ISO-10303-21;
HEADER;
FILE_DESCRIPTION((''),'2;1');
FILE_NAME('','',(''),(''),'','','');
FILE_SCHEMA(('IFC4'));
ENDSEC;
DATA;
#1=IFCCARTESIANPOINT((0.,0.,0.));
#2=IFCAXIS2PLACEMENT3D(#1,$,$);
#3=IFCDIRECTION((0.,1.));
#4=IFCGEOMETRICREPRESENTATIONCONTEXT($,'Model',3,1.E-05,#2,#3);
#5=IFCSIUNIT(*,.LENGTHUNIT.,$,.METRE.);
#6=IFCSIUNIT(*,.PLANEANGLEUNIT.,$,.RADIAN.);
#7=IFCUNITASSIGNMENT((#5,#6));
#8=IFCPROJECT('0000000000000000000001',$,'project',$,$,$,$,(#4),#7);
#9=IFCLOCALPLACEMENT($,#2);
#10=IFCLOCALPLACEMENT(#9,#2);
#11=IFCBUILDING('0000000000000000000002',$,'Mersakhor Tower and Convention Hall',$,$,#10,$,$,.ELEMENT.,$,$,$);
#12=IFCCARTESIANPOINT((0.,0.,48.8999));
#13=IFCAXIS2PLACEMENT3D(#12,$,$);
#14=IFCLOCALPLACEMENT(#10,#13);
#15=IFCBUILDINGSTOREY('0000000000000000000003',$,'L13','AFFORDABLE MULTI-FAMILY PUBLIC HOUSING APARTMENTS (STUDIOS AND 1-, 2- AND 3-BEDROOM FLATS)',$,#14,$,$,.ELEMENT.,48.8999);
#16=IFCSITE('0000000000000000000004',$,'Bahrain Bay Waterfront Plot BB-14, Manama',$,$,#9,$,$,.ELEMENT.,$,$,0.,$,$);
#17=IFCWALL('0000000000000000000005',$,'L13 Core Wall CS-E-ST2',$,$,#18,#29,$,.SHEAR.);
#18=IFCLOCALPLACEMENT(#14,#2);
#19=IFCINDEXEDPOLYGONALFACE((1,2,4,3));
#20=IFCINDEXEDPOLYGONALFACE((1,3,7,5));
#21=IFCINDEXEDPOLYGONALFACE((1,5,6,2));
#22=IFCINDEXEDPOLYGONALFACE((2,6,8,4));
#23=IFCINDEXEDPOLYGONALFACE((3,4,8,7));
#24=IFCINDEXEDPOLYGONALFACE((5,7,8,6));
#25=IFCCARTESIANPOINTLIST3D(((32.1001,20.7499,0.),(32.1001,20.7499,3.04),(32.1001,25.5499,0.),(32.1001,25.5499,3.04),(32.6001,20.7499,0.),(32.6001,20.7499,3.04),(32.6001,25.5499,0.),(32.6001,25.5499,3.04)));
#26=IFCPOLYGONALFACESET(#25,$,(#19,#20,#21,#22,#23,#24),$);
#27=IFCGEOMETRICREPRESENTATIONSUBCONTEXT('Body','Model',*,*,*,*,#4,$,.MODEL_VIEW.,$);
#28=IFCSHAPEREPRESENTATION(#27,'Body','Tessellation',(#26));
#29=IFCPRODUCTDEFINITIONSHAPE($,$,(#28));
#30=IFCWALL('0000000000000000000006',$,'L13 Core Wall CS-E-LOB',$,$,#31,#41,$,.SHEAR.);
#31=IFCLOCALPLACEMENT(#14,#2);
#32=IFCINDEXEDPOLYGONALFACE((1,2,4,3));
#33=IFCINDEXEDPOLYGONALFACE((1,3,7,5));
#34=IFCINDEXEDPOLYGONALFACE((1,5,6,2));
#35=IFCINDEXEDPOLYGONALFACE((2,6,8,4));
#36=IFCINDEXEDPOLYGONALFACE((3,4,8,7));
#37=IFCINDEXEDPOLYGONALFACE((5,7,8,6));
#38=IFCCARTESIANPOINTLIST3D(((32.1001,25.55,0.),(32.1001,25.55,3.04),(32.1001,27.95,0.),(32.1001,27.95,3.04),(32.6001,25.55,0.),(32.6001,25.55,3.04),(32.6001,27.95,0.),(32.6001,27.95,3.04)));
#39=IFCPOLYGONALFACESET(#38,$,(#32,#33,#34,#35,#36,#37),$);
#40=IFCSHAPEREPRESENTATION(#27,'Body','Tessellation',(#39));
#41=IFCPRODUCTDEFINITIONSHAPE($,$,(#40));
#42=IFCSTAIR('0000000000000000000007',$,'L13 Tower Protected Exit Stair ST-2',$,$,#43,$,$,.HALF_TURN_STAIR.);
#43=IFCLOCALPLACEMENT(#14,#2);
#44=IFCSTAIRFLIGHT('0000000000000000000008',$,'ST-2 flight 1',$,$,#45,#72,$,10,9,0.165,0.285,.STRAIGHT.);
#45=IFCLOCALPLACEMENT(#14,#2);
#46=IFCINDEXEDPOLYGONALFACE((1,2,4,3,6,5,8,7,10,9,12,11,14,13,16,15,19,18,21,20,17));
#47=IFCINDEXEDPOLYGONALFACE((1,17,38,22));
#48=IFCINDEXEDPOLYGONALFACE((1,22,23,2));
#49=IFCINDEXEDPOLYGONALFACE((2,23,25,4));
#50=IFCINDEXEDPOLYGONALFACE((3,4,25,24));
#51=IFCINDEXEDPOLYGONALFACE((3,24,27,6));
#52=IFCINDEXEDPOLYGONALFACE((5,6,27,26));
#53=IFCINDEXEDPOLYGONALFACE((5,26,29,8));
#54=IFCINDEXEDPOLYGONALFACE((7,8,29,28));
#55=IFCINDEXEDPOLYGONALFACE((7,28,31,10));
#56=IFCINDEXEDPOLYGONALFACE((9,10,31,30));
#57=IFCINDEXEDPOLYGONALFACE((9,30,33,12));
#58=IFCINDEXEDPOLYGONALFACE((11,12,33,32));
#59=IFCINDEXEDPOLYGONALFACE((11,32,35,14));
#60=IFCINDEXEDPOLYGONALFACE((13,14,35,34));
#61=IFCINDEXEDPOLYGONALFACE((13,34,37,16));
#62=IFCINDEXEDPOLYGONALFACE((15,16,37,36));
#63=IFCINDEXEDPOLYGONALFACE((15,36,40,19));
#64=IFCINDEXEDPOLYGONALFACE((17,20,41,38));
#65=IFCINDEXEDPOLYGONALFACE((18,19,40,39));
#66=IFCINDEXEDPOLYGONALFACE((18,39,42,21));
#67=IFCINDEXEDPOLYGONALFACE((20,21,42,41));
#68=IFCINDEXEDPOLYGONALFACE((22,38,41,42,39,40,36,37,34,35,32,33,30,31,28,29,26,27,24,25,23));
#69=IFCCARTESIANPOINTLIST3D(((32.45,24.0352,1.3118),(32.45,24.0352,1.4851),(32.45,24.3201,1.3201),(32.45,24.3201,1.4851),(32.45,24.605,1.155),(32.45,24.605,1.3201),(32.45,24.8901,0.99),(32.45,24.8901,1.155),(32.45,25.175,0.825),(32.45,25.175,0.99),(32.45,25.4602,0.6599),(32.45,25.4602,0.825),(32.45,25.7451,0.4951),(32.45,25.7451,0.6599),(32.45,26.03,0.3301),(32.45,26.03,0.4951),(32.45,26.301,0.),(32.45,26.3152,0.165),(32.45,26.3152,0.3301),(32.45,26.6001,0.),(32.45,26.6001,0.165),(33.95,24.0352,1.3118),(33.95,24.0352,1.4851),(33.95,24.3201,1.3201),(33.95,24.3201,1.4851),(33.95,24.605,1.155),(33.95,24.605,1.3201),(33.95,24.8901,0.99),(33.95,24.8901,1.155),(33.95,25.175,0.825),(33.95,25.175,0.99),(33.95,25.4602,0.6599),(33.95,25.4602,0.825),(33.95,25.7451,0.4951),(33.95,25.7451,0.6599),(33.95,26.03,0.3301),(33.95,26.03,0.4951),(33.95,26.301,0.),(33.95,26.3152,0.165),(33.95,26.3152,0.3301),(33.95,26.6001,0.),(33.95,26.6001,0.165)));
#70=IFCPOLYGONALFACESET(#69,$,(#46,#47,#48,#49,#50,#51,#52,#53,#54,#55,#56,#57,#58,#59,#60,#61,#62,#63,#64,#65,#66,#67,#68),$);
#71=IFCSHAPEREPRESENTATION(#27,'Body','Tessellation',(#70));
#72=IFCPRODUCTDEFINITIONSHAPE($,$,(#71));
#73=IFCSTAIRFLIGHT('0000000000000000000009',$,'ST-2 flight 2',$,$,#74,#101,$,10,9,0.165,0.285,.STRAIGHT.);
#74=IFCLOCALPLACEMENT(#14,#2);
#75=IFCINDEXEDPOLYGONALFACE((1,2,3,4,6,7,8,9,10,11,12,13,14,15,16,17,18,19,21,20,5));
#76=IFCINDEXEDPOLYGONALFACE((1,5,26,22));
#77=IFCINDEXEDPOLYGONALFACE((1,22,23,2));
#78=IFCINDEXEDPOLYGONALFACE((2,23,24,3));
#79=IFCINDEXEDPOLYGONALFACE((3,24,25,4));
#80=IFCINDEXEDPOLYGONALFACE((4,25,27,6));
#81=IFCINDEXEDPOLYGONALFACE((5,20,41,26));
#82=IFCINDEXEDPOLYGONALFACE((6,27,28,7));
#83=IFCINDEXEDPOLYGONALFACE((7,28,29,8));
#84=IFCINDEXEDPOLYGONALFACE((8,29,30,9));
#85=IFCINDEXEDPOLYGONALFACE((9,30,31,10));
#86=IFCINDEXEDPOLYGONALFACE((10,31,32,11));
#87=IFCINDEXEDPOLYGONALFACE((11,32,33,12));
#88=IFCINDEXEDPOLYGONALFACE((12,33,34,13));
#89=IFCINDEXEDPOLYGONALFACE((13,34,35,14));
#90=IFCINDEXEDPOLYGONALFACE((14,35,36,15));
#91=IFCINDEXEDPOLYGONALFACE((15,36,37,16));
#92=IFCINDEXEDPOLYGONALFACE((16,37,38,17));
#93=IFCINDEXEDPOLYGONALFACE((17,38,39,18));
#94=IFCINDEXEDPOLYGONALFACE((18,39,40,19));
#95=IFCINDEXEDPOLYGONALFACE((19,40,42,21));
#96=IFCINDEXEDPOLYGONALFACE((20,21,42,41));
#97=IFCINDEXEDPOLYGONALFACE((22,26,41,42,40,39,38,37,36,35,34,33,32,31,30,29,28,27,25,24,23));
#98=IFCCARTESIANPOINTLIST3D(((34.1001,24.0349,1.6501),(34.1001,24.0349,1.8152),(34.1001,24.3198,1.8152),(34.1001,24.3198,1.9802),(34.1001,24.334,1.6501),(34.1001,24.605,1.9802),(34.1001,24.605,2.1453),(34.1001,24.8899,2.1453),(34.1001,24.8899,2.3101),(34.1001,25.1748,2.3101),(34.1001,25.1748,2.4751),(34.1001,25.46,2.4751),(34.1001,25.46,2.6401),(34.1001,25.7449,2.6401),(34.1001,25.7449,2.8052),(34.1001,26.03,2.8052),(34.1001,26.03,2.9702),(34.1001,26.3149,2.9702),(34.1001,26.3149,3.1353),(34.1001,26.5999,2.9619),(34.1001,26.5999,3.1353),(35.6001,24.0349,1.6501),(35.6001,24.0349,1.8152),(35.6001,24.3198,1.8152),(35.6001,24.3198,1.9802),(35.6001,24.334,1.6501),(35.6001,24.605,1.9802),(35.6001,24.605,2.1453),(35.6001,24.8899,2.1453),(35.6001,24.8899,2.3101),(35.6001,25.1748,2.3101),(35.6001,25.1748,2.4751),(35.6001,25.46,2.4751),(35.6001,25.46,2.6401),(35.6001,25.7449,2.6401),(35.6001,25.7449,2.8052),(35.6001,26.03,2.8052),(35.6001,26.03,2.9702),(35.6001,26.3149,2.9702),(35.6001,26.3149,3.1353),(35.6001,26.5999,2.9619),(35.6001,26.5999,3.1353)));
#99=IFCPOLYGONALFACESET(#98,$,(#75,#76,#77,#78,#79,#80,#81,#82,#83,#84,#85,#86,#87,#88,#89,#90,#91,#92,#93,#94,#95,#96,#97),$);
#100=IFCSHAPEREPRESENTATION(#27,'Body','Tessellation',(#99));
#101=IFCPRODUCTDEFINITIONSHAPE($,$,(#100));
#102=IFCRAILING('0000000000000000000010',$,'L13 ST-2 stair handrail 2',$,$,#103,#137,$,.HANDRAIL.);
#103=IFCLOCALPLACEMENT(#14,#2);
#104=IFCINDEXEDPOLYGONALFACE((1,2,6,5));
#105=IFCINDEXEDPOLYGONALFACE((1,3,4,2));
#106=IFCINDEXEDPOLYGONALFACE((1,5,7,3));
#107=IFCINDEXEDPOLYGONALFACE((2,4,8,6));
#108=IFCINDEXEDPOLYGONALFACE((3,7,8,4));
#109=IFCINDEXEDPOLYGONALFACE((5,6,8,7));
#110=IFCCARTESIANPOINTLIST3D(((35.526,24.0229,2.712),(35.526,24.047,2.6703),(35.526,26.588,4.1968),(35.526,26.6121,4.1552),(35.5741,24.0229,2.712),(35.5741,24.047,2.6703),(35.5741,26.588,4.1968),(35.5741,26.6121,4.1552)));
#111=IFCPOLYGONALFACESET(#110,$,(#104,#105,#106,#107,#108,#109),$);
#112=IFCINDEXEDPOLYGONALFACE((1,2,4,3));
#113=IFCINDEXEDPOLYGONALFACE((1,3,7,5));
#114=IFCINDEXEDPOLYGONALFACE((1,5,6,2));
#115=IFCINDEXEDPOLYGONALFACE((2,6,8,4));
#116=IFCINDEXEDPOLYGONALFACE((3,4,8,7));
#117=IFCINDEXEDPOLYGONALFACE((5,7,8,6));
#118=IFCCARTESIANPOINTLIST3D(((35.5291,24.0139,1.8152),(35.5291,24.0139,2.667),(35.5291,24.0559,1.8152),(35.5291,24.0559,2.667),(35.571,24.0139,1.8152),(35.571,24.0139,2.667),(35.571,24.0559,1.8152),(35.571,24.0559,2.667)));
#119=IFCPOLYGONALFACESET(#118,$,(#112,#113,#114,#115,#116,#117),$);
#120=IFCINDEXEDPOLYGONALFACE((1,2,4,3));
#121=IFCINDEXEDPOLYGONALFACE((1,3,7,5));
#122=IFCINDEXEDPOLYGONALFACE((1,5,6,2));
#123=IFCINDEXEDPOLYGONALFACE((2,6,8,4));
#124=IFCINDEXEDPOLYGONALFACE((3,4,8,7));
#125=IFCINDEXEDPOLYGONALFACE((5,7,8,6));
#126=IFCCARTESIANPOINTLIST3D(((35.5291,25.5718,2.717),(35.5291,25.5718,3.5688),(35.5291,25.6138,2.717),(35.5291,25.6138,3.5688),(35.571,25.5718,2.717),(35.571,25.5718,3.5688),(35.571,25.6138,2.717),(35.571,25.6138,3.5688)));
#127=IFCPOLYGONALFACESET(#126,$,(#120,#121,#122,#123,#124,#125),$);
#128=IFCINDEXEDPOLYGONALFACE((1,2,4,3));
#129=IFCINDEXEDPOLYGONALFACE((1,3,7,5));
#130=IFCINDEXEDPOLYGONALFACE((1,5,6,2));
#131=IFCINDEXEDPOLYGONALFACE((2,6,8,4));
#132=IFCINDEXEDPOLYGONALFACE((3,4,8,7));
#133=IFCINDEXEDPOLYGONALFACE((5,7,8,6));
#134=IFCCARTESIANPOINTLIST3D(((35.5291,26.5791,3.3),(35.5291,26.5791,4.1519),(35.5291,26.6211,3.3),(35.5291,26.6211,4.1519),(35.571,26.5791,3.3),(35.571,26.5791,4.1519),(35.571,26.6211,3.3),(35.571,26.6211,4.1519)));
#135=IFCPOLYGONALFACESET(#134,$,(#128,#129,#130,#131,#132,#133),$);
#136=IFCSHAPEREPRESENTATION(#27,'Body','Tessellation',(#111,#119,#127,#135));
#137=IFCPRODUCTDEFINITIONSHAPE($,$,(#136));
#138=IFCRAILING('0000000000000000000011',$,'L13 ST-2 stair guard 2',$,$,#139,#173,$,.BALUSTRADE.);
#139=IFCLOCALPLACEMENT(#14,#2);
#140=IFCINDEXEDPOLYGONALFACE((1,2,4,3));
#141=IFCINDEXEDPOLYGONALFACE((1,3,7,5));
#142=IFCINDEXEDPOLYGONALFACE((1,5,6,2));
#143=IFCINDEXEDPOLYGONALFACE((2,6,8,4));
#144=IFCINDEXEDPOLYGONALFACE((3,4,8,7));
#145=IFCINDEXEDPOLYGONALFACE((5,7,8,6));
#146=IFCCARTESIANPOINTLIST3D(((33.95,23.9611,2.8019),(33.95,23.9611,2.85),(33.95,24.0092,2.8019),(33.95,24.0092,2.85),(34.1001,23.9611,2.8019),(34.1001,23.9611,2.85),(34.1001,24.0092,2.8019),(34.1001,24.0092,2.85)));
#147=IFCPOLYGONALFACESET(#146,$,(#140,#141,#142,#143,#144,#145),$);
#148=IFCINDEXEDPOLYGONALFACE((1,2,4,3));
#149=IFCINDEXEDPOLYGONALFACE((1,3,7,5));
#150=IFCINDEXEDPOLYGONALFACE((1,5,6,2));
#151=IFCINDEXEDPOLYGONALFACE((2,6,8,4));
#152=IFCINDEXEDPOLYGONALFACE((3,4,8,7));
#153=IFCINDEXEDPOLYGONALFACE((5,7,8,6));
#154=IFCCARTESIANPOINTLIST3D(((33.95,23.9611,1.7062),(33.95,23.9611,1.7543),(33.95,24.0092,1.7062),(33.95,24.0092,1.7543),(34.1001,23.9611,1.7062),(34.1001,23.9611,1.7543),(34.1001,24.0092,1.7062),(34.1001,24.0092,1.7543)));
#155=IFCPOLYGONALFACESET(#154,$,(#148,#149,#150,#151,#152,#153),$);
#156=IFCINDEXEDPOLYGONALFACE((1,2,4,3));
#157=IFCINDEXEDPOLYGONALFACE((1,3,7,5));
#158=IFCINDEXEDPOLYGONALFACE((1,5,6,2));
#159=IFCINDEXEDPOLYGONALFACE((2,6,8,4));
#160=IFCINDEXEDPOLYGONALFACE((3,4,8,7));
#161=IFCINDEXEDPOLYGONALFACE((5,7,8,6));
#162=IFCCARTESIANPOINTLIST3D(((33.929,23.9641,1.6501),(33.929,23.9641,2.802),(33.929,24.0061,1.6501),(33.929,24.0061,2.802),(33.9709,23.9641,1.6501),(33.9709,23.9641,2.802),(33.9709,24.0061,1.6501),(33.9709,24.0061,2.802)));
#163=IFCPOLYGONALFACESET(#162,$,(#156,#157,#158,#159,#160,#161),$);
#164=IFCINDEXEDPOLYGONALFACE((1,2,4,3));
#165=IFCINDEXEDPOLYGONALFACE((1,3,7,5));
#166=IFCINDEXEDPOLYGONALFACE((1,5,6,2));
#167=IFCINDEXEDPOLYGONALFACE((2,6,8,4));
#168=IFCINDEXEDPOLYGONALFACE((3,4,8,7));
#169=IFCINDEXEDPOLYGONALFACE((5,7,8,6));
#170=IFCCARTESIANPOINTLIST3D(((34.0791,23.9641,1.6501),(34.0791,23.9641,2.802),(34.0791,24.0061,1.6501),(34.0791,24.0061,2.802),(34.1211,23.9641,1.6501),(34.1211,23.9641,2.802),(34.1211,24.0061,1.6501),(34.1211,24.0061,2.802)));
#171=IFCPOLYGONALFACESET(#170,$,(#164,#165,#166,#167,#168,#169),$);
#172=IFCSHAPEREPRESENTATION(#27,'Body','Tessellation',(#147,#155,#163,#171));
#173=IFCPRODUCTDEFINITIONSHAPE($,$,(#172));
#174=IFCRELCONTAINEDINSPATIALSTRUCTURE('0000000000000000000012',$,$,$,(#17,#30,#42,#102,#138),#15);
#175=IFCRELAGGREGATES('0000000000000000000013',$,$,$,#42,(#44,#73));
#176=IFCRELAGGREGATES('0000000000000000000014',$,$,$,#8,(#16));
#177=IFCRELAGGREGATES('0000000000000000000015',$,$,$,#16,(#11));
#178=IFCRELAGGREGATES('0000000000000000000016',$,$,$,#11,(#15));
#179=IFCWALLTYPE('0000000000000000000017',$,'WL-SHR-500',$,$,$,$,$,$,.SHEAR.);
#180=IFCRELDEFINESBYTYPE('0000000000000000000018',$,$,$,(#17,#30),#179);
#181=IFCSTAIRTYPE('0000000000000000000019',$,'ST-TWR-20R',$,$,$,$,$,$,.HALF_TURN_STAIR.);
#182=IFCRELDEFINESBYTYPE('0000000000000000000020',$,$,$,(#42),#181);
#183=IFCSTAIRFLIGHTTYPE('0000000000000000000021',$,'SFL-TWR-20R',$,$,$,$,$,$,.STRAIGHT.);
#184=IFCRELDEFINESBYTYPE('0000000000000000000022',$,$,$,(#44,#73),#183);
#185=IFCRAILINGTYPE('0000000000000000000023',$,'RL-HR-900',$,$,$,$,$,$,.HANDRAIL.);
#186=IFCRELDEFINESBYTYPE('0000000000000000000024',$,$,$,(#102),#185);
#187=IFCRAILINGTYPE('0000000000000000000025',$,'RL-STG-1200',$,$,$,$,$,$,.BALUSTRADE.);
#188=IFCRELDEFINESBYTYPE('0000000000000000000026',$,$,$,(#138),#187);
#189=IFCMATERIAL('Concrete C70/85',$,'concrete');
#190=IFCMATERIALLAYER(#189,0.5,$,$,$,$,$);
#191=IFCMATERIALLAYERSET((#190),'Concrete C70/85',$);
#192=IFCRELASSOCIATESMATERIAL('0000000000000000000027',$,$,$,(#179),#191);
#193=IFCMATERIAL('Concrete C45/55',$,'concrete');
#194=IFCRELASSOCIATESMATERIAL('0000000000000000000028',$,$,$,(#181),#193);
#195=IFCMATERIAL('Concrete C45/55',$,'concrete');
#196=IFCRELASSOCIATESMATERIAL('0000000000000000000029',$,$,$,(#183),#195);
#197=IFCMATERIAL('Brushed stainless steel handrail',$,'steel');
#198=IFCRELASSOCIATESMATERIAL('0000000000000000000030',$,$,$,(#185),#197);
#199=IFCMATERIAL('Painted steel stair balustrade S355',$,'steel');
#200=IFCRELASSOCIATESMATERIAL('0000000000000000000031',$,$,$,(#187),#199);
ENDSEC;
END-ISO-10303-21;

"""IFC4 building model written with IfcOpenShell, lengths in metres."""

from ifc_helpers import new_model, si_unit, direction, frame, frame_2d, origin, origin_2d, place, context, subcontext, project, spatial, polyline, rectangle, outline, extrude, material, layer, layer_set, type_object, element, aggregate, save


model = new_model("IFC4")

# Units and contexts
model_context = context("Model", 3, precision=1e-05, world=origin(), true_north=direction((0.0, 1.0)))
body_context = subcontext(model_context, "Body", "Model", "MODEL_VIEW")
ifc_project = project(units=[si_unit("LENGTHUNIT", "METRE"), si_unit("PLANEANGLEUNIT", "RADIAN")], contexts=[model_context])

# Site, building, storey
site_placement = place(None, origin())
site = spatial("IfcSite", under=ifc_project, at=site_placement, Name="Bahrain Bay Waterfront Plot BB-14, Manama", CompositionType="ELEMENT", RefElevation=0.0)
building_placement = place(site_placement, origin())
building = spatial("IfcBuilding", under=site, at=building_placement, Name="Mersakhor Tower and Convention Hall", CompositionType="ELEMENT")
storey_placement = place(building_placement, frame((0.0, 0.0, 48.8999)))
storey = spatial("IfcBuildingStorey", under=building, at=storey_placement, Name="L13", Description="AFFORDABLE MULTI-FAMILY PUBLIC HOUSING APARTMENTS (STUDIOS AND 1-, 2- AND 3-BEDROOM FLATS)", CompositionType="ELEMENT", Elevation=48.8999)

# Shared definitions
ifc_material_1 = material(Name="Concrete C70/85", Category="concrete")
ifc_layer_1 = layer(ifc_material_1, 0.5)
ifc_layer_set_1 = layer_set([ifc_layer_1], Name="Concrete C70/85")
wall_type_1 = type_object("IfcWallType", Name="WL-SHR-500", PredefinedType="SHEAR", material=ifc_layer_set_1)

# Walls
wall_1_placement = place(storey_placement, frame((32.3501, 20.75, 0.0), z_axis=(0.0, 0.0, 1.0), x_axis=(0.0, 1.0, 0.0)))
element("IfcWall", 1, at=wall_1_placement, inside=storey, type_object=wall_type_1, Name="L13 Core Wall CS-E-ST2", PredefinedType="SHEAR", context=body_context, shape_type="SweptSolid", body=[
    extrude(rectangle(XDim=4.8, YDim=0.5, at=frame_2d((2.3999, 0.0))), origin(), (0.0, 0.0, 1.0), 3.04),
])
wall_2_placement = place(storey_placement, frame((32.3501, 25.55, 0.0), z_axis=(0.0, 0.0, 1.0), x_axis=(0.0, 1.0, 0.0)))
element("IfcWall", 2, at=wall_2_placement, inside=storey, type_object=wall_type_1, Name="L13 Core Wall CS-E-LOB", PredefinedType="SHEAR", context=body_context, shape_type="SweptSolid", body=[
    extrude(rectangle(XDim=2.3999, YDim=0.5, at=frame_2d((1.2, 0.0))), origin(), (0.0, 0.0, 1.0), 3.04),
])

# Stair, stair flights
ifc_material_2 = material(Name="Concrete C45/55", Category="concrete")
stair_type = type_object("IfcStairType", Name="ST-TWR-20R", PredefinedType="HALF_TURN_STAIR", material=ifc_material_2)
stair_placement = place(storey_placement, origin())
stair = element("IfcStair", 3, at=stair_placement, inside=storey, type_object=stair_type, Name="L13 Tower Protected Exit Stair ST-2", PredefinedType="HALF_TURN_STAIR")
ifc_material_3 = material(Name="Concrete C45/55", Category="concrete")
stair_flight_type = type_object("IfcStairFlightType", Name="SFL-TWR-20R", PredefinedType="STRAIGHT", material=ifc_material_3)
stair_flight_1_placement = place(storey_placement, frame((33.2, 26.6001, 0.0), z_axis=(0.0, 0.0, 1.0), x_axis=(0.0, -1.0, 0.0)))
stair_flight_1 = element("IfcStairFlight", 4, at=stair_flight_1_placement, type_object=stair_flight_type, Name="ST-2 flight 1", NumberOfRisers=10, NumberOfTreads=9, PredefinedType="STRAIGHT", RiserHeight=0.165, TreadLength=0.285, context=body_context, shape_type="SweptSolid", body=[
    extrude(outline(polyline([(0.0, 0.0), (0.0, 0.165), (0.2849, 0.165), (0.2849, 0.3301), (0.5701, 0.3301), (0.5701, 0.4951), (0.855, 0.4951), (0.855, 0.6599), (1.1399, 0.6599), (1.1399, 0.825), (1.425, 0.825), (1.425, 0.99), (1.71, 0.99), (1.71, 1.155), (1.9951, 1.155), (1.9951, 1.3201), (2.28, 1.3201), (2.28, 1.4851), (2.5649, 1.4851), (2.5649, 1.6499), (2.5649, 1.3118), (0.2991, 0.0), (0.0, 0.0)])), frame((0.0, 0.75, 0.0), z_axis=(0.0, -1.0, 0.0), x_axis=(1.0, 0.0, 0.0)), (0.0, 0.0, 1.0), 1.5),
])
stair_flight_2_placement = place(storey_placement, frame((34.8501, 24.0349, 1.6501), z_axis=(0.0, 0.0, 1.0), x_axis=(0.0, 1.0, 0.0)))
stair_flight_2 = element("IfcStairFlight", 5, at=stair_flight_2_placement, type_object=stair_flight_type, Name="ST-2 flight 2", NumberOfRisers=10, NumberOfTreads=9, PredefinedType="STRAIGHT", RiserHeight=0.165, TreadLength=0.285, context=body_context, shape_type="SweptSolid", body=[
    extrude(outline(polyline([(0.0, 0.0), (0.0, 0.165), (0.2849, 0.165), (0.2849, 0.3301), (0.5701, 0.3301), (0.5701, 0.4951), (0.855, 0.4951), (0.855, 0.6599), (1.1399, 0.6599), (1.1399, 0.825), (1.425, 0.825), (1.425, 0.99), (1.71, 0.99), (1.71, 1.155), (1.9951, 1.155), (1.9951, 1.3201), (2.28, 1.3201), (2.28, 1.4851), (2.5649, 1.4851), (2.5649, 1.6499), (2.5649, 1.3118), (0.2991, 0.0), (0.0, 0.0)])), frame((0.0, 0.75, 0.0), z_axis=(0.0, -1.0, 0.0), x_axis=(1.0, 0.0, 0.0)), (0.0, 0.0, 1.0), 1.5),
])
aggregate(stair, [stair_flight_1, stair_flight_2])

# Railings
ifc_material_4 = material(Name="Brushed stainless steel handrail", Category="steel")
railing_type_1 = type_object("IfcRailingType", Name="RL-HR-900", PredefinedType="HANDRAIL", material=ifc_material_4)
railing_1_placement = place(storey_placement, frame((35.55, 24.0349, 1.8152)))
element("IfcRailing", 6, at=railing_1_placement, inside=storey, type_object=railing_type_1, Name="L13 ST-2 stair handrail 2", PredefinedType="HANDRAIL", context=body_context, shape_type="SweptSolid", body=[
    extrude(rectangle(XDim=0.0481, YDim=0.0481, at=origin_2d()), frame((0.0, 0.0, 0.876), z_axis=(0.0, 0.865462, 0.500975), x_axis=(-1.0, 0.0, 0.0)), (0.0, 0.0, 1.0), 2.9639),
    extrude(rectangle(XDim=0.042, YDim=0.042, at=origin_2d()), origin(), (0.0, 0.0, 1.0), 0.8518),
    extrude(rectangle(XDim=0.042, YDim=0.042, at=origin_2d()), frame((0.0, 1.5579, 0.9019)), (0.0, 0.0, 1.0), 0.8518),
    extrude(rectangle(XDim=0.042, YDim=0.042, at=origin_2d()), frame((0.0, 2.5652, 1.4849)), (0.0, 0.0, 1.0), 0.8518),
])
ifc_material_5 = material(Name="Painted steel stair balustrade S355", Category="steel")
railing_type_2 = type_object("IfcRailingType", Name="RL-STG-1200", PredefinedType="BALUSTRADE", material=ifc_material_5)
railing_2_placement = place(storey_placement, frame((33.95, 23.9851, 1.6501)))
element("IfcRailing", 7, at=railing_2_placement, inside=storey, type_object=railing_type_2, Name="L13 ST-2 stair guard 2", PredefinedType="BALUSTRADE", context=body_context, shape_type="SweptSolid", body=[
    extrude(rectangle(XDim=0.0481, YDim=0.0481, at=origin_2d()), frame((0.0, 0.0, 1.1758), z_axis=(1.0, 0.0, 0.0), x_axis=(0.0, 1.0, 0.0)), (0.0, 0.0, 1.0), 0.1501),
    extrude(rectangle(XDim=0.0481, YDim=0.0481, at=origin_2d()), frame((0.0, 0.0, 0.0801), z_axis=(1.0, 0.0, 0.0), x_axis=(0.0, 1.0, 0.0)), (0.0, 0.0, 1.0), 0.1501),
    extrude(rectangle(XDim=0.042, YDim=0.042, at=origin_2d()), origin(), (0.0, 0.0, 1.0), 1.1519),
    extrude(rectangle(XDim=0.042, YDim=0.042, at=origin_2d()), frame((0.1501, 0.0, 0.0)), (0.0, 0.0, 1.0), 1.1519),
])

save(model, "model.ifc")
